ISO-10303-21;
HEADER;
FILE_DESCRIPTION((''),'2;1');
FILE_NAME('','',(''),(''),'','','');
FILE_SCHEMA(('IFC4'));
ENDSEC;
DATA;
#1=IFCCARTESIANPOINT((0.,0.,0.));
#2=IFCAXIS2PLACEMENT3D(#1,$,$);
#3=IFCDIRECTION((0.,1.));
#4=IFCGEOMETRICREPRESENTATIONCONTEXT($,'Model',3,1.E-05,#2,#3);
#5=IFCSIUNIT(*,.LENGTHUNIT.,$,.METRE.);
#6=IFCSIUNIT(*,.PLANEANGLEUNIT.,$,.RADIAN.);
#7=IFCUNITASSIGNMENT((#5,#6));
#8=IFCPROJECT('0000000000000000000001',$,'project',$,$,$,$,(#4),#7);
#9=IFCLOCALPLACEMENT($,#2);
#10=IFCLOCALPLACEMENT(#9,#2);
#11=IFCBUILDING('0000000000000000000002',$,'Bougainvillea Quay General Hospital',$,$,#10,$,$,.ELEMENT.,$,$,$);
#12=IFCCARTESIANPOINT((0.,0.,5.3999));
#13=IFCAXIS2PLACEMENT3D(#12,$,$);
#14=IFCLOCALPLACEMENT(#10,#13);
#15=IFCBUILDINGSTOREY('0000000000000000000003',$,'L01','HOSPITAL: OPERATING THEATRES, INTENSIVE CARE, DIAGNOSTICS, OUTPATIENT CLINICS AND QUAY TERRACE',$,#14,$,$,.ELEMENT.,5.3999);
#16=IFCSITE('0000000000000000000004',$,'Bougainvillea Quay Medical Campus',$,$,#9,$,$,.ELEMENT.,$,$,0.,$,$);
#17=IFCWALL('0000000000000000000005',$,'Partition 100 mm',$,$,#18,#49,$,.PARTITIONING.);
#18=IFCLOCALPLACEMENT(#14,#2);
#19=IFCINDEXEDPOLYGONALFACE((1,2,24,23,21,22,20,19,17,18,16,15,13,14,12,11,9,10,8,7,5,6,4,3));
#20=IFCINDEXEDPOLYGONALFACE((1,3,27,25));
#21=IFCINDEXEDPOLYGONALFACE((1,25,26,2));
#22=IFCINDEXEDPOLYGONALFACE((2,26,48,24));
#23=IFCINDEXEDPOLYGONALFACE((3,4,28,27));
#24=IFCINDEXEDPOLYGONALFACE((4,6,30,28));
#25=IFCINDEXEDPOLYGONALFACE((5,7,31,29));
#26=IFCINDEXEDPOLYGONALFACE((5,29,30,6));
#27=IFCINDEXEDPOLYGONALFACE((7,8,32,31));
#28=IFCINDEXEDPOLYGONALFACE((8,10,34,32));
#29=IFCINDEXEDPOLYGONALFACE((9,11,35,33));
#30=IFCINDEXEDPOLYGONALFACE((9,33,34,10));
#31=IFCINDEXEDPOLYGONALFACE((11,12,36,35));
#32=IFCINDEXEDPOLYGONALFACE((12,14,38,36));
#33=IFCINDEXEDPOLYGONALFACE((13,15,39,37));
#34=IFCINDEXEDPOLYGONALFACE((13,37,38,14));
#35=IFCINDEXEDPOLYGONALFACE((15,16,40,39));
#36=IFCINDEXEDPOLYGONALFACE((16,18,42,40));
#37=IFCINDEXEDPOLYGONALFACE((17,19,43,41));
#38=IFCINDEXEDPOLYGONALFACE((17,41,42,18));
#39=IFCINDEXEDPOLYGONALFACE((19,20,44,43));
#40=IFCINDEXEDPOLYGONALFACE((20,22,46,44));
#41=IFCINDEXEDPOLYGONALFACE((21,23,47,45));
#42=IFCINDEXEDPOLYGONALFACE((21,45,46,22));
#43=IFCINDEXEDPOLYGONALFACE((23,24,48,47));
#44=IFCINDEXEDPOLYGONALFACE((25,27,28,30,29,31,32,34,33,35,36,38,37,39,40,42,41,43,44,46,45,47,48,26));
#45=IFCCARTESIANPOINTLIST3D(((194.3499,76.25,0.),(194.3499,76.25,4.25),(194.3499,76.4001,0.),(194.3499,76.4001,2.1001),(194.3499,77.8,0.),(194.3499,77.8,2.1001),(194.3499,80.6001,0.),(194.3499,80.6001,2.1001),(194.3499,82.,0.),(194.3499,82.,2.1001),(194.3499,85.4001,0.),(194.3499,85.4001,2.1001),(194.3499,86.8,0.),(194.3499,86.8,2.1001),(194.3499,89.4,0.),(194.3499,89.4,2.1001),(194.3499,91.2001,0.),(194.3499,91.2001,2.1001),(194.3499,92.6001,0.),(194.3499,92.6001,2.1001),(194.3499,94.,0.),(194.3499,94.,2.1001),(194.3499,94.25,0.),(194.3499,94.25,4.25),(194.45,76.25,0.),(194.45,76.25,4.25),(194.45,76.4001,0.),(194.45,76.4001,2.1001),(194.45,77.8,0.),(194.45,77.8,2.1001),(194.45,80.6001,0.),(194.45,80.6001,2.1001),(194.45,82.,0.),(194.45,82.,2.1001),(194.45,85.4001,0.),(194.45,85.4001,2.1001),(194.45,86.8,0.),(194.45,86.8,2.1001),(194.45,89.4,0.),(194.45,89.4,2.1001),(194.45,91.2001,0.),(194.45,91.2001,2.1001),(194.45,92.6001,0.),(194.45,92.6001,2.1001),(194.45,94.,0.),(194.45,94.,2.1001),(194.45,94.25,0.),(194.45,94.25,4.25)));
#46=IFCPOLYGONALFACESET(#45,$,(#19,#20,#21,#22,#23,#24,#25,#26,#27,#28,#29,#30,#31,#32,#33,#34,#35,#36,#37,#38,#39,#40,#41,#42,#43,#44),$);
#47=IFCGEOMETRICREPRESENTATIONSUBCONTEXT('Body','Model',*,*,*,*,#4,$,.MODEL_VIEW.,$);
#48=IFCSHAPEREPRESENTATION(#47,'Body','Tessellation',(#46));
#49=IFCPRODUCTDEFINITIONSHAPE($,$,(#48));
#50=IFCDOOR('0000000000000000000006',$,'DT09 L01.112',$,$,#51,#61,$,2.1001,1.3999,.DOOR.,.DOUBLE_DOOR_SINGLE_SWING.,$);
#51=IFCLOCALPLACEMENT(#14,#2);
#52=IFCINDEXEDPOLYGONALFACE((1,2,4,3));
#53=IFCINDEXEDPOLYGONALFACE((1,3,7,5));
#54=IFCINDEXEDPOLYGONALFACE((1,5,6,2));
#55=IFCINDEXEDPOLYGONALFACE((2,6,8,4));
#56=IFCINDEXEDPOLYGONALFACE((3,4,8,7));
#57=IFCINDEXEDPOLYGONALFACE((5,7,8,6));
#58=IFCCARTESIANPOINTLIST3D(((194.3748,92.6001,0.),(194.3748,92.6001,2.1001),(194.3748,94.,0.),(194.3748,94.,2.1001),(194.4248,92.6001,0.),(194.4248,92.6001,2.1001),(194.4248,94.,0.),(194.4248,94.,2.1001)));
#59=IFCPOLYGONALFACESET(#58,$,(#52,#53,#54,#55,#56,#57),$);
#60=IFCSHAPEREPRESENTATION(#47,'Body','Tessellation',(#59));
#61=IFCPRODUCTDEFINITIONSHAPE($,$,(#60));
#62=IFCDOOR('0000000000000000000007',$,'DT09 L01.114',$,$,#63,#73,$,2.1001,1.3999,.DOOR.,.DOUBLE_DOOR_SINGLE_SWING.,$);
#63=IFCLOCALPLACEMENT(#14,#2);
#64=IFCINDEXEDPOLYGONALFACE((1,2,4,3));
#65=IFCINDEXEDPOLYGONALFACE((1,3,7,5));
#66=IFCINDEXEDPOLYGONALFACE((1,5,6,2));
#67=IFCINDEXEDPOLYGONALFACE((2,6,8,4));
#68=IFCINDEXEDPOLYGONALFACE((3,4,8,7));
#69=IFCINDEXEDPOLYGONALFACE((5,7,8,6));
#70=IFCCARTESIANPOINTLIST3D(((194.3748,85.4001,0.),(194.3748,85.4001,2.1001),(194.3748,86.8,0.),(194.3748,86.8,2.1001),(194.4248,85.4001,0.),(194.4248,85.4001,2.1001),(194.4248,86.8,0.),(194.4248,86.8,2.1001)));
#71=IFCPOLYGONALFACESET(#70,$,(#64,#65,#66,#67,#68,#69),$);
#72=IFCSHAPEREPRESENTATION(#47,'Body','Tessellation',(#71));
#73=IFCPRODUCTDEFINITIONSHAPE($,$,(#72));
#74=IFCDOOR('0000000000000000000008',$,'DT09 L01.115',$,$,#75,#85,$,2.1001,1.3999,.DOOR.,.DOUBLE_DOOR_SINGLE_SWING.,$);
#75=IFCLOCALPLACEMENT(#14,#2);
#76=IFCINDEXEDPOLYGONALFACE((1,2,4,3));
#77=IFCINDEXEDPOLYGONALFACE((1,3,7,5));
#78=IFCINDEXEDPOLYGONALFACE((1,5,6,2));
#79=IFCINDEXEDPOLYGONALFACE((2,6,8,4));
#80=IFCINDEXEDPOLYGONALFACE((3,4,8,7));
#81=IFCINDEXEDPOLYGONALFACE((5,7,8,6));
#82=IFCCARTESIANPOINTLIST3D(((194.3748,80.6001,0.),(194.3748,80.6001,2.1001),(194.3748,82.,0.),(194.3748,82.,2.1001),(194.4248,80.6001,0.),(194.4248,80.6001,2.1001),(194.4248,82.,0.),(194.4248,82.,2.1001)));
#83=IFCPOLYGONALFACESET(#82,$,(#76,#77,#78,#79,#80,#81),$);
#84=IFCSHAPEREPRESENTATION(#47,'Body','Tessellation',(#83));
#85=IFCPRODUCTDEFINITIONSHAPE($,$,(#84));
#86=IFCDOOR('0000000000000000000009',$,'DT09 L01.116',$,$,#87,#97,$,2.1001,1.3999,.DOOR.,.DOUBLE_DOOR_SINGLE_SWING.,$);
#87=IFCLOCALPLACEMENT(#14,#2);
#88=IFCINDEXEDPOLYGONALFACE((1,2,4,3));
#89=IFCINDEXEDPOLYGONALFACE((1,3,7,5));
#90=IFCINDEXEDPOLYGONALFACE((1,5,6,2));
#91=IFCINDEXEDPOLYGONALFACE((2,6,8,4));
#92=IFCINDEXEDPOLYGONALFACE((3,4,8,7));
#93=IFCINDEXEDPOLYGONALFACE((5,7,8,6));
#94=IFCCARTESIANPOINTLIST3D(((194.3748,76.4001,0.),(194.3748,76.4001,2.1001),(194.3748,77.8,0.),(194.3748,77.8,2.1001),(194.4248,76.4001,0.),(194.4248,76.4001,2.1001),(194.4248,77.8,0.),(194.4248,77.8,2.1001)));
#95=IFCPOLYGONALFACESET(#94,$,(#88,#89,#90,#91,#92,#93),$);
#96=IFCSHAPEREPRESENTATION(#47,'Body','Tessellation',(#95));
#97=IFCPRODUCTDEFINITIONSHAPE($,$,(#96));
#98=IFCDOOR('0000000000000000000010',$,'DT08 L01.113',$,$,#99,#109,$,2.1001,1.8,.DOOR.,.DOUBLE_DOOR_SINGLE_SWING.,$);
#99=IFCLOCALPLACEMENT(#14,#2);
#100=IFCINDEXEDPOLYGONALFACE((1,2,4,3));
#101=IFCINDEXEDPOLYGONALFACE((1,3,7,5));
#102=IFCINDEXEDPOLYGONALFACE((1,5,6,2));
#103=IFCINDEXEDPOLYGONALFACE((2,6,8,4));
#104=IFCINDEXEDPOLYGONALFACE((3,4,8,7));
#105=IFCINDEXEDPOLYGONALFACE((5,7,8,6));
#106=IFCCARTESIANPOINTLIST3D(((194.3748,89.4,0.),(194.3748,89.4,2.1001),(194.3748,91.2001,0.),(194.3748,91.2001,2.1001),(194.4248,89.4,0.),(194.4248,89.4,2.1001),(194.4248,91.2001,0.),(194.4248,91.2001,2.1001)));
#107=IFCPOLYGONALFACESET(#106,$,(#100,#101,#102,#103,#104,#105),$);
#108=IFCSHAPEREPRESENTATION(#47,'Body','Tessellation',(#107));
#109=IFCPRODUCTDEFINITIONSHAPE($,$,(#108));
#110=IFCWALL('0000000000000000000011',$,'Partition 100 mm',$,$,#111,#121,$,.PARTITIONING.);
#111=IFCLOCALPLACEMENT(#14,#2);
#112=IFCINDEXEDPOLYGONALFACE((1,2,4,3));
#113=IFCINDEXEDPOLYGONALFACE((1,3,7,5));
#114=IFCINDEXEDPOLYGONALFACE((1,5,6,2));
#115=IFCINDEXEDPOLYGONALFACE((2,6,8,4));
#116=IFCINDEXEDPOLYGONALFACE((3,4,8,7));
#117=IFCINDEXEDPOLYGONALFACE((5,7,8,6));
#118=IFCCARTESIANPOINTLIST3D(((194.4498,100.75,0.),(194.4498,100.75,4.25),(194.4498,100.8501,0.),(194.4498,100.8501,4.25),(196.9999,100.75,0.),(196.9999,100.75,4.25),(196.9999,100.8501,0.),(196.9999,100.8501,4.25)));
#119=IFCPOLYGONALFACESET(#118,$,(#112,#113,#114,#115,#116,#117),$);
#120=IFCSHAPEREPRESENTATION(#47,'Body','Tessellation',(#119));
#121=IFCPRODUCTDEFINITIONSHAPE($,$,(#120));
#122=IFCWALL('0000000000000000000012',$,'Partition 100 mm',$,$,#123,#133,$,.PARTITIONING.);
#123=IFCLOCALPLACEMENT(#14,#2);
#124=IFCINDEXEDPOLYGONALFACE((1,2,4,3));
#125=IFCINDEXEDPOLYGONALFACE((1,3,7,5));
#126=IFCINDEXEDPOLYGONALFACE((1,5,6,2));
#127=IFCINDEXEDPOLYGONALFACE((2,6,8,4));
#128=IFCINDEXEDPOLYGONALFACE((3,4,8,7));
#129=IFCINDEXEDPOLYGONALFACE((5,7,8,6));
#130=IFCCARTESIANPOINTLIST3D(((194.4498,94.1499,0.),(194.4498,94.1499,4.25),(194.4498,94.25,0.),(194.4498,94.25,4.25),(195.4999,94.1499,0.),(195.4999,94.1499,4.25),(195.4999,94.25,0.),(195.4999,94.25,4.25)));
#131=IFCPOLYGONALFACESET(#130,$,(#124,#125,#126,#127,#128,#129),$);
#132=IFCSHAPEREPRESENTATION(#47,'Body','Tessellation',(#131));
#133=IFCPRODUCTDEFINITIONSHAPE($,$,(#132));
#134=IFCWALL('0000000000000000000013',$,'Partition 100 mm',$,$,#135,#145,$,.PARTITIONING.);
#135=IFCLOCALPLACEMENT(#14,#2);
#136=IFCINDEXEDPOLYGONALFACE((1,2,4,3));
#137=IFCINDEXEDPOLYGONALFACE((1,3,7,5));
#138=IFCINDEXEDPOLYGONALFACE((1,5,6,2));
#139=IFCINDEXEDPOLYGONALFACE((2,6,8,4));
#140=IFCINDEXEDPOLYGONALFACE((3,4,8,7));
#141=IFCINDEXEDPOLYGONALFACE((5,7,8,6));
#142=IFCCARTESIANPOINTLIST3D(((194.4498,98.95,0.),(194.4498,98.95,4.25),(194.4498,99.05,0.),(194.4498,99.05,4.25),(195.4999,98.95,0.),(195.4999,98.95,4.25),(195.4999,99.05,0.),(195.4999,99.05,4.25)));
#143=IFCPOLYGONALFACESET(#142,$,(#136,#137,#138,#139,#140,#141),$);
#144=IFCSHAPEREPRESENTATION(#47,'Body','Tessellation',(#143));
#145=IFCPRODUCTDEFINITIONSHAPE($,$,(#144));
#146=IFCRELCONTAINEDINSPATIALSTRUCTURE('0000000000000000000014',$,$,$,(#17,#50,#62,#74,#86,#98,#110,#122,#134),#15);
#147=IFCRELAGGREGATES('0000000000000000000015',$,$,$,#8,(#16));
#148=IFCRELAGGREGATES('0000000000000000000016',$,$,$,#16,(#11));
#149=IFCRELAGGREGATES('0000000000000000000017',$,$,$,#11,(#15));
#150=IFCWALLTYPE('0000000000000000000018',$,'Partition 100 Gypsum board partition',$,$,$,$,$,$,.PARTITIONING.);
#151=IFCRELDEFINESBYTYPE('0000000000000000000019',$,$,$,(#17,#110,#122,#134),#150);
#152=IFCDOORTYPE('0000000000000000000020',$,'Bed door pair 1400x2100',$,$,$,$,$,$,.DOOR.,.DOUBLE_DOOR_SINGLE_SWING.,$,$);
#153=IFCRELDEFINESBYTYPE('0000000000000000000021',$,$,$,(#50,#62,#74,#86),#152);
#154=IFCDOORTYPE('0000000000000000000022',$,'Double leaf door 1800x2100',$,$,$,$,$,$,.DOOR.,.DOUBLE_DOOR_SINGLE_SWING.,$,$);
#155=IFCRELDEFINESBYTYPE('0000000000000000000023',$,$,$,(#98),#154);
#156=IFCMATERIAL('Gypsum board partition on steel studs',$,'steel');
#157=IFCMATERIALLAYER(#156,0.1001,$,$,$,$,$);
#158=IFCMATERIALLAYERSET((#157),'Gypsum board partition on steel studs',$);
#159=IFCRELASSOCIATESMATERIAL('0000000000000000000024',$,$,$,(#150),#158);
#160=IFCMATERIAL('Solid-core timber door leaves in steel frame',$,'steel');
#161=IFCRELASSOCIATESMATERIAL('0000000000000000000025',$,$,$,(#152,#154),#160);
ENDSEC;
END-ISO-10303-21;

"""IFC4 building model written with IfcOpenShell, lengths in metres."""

from ifc_helpers import new_model, si_unit, direction, frame, frame_2d, origin, place, context, subcontext, project, spatial, rectangle, extrude, material, layer, layer_set, type_object, element, fill, save


model = new_model("IFC4")

# Units and contexts
model_context = context("Model", 3, precision=1e-05, world=origin(), true_north=direction((0.0, 1.0)))
body_context = subcontext(model_context, "Body", "Model", "MODEL_VIEW")
ifc_project = project(units=[si_unit("LENGTHUNIT", "METRE"), si_unit("PLANEANGLEUNIT", "RADIAN")], contexts=[model_context])

# Site, building, storey
site_placement = place(None, origin())
site = spatial("IfcSite", under=ifc_project, at=site_placement, Name="Bougainvillea Quay Medical Campus", CompositionType="ELEMENT", RefElevation=0.0)
building_placement = place(site_placement, origin())
building = spatial("IfcBuilding", under=site, at=building_placement, Name="Bougainvillea Quay General Hospital", CompositionType="ELEMENT")
storey_placement = place(building_placement, frame((0.0, 0.0, 5.3999)))
storey = spatial("IfcBuildingStorey", under=building, at=storey_placement, Name="L01", Description="HOSPITAL: OPERATING THEATRES, INTENSIVE CARE, DIAGNOSTICS, OUTPATIENT CLINICS AND QUAY TERRACE", CompositionType="ELEMENT", Elevation=5.3999)

# Wall, openings, doors
ifc_material_1 = material(Name="Gypsum board partition on steel studs", Category="steel")
ifc_layer_1 = layer(ifc_material_1, 0.1001)
ifc_layer_set_1 = layer_set([ifc_layer_1], Name="Gypsum board partition on steel studs")
wall_type_1 = type_object("IfcWallType", Name="Partition 100 Gypsum board partition", PredefinedType="PARTITIONING", material=ifc_layer_set_1)
ifc_material_2 = material(Name="Solid-core timber door leaves in steel frame", Category="steel")
door_type_1 = type_object("IfcDoorType", Name="Bed door pair 1400x2100", OperationType="DOUBLE_DOOR_SINGLE_SWING", PredefinedType="DOOR", material=ifc_material_2)
wall_1_placement = place(storey_placement, frame((194.3999, 94.25, 0.0), z_axis=(0.0, 0.0, 1.0), x_axis=(0.0, -1.0, 0.0)))
wall_1 = element("IfcWall", 1, at=wall_1_placement, inside=storey, type_object=wall_type_1, Name="Partition 100 mm", PredefinedType="PARTITIONING", context=body_context, shape_type="SweptSolid", body=[
    extrude(rectangle(XDim=18.0, YDim=0.1001, at=frame_2d((9.0, 0.0))), origin(), (0.0, 0.0, 1.0), 4.25),
])
opening_1_placement = place(wall_1_placement, frame((0.25, 0.0, 0.0)))
opening_1 = element("IfcOpeningElement", 2, at=opening_1_placement, cuts=wall_1, PredefinedType="OPENING", context=body_context, shape_type="SweptSolid", body=[
    extrude(rectangle(XDim=1.3999, YDim=2.1001, at=frame_2d((0.7, 1.05))), frame((0.0, 0.0601, 0.0), z_axis=(0.0, -1.0, 0.0), x_axis=(1.0, 0.0, 0.0)), (0.0, 0.0, 1.0), 0.1201),
])
opening_2_placement = place(wall_1_placement, frame((3.05, 0.0, 0.0)))
opening_2 = element("IfcOpeningElement", 3, at=opening_2_placement, cuts=wall_1, PredefinedType="OPENING", context=body_context, shape_type="SweptSolid", body=[
    extrude(rectangle(XDim=1.8, YDim=2.1001, at=frame_2d((0.8999, 1.05))), frame((0.0, 0.0601, 0.0), z_axis=(0.0, -1.0, 0.0), x_axis=(1.0, 0.0, 0.0)), (0.0, 0.0, 1.0), 0.1201),
])
opening_3_placement = place(wall_1_placement, frame((7.45, 0.0, 0.0)))
opening_3 = element("IfcOpeningElement", 4, at=opening_3_placement, cuts=wall_1, PredefinedType="OPENING", context=body_context, shape_type="SweptSolid", body=[
    extrude(rectangle(XDim=1.3999, YDim=2.1001, at=frame_2d((0.7, 1.05))), frame((0.0, 0.0601, 0.0), z_axis=(0.0, -1.0, 0.0), x_axis=(1.0, 0.0, 0.0)), (0.0, 0.0, 1.0), 0.1201),
])
opening_4_placement = place(wall_1_placement, frame((12.25, 0.0, 0.0)))
opening_4 = element("IfcOpeningElement", 5, at=opening_4_placement, cuts=wall_1, PredefinedType="OPENING", context=body_context, shape_type="SweptSolid", body=[
    extrude(rectangle(XDim=1.3999, YDim=2.1001, at=frame_2d((0.7, 1.05))), frame((0.0, 0.0601, 0.0), z_axis=(0.0, -1.0, 0.0), x_axis=(1.0, 0.0, 0.0)), (0.0, 0.0, 1.0), 0.1201),
])
opening_5_placement = place(wall_1_placement, frame((16.45, 0.0, 0.0)))
opening_5 = element("IfcOpeningElement", 6, at=opening_5_placement, cuts=wall_1, PredefinedType="OPENING", context=body_context, shape_type="SweptSolid", body=[
    extrude(rectangle(XDim=1.3999, YDim=2.1001, at=frame_2d((0.7, 1.05))), frame((0.0, 0.0601, 0.0), z_axis=(0.0, -1.0, 0.0), x_axis=(1.0, 0.0, 0.0)), (0.0, 0.0, 1.0), 0.1201),
])
door_1_placement = place(opening_1_placement, origin())
door_1 = element("IfcDoor", 7, at=door_1_placement, inside=storey, type_object=door_type_1, Name="DT09 L01.112", OperationType="DOUBLE_DOOR_SINGLE_SWING", OverallHeight=2.1001, OverallWidth=1.3999, PredefinedType="DOOR", context=body_context, shape_type="SweptSolid", body=[
    extrude(rectangle(XDim=1.3999, YDim=2.1001, at=frame_2d((0.7, 1.05))), frame((0.0, 0.0249, 0.0), z_axis=(0.0, -1.0, 0.0), x_axis=(1.0, 0.0, 0.0)), (0.0, 0.0, 1.0), 0.05),
])
fill(opening_1, door_1)
door_2_placement = place(opening_3_placement, origin())
door_2 = element("IfcDoor", 8, at=door_2_placement, inside=storey, type_object=door_type_1, Name="DT09 L01.114", OperationType="DOUBLE_DOOR_SINGLE_SWING", OverallHeight=2.1001, OverallWidth=1.3999, PredefinedType="DOOR", context=body_context, shape_type="SweptSolid", body=[
    extrude(rectangle(XDim=1.3999, YDim=2.1001, at=frame_2d((0.7, 1.05))), frame((0.0, 0.0249, 0.0), z_axis=(0.0, -1.0, 0.0), x_axis=(1.0, 0.0, 0.0)), (0.0, 0.0, 1.0), 0.05),
])
fill(opening_3, door_2)
door_3_placement = place(opening_4_placement, origin())
door_3 = element("IfcDoor", 9, at=door_3_placement, inside=storey, type_object=door_type_1, Name="DT09 L01.115", OperationType="DOUBLE_DOOR_SINGLE_SWING", OverallHeight=2.1001, OverallWidth=1.3999, PredefinedType="DOOR", context=body_context, shape_type="SweptSolid", body=[
    extrude(rectangle(XDim=1.3999, YDim=2.1001, at=frame_2d((0.7, 1.05))), frame((0.0, 0.0249, 0.0), z_axis=(0.0, -1.0, 0.0), x_axis=(1.0, 0.0, 0.0)), (0.0, 0.0, 1.0), 0.05),
])
fill(opening_4, door_3)
door_4_placement = place(opening_5_placement, origin())
door_4 = element("IfcDoor", 10, at=door_4_placement, inside=storey, type_object=door_type_1, Name="DT09 L01.116", OperationType="DOUBLE_DOOR_SINGLE_SWING", OverallHeight=2.1001, OverallWidth=1.3999, PredefinedType="DOOR", context=body_context, shape_type="SweptSolid", body=[
    extrude(rectangle(XDim=1.3999, YDim=2.1001, at=frame_2d((0.7, 1.05))), frame((0.0, 0.0249, 0.0), z_axis=(0.0, -1.0, 0.0), x_axis=(1.0, 0.0, 0.0)), (0.0, 0.0, 1.0), 0.05),
])
fill(opening_5, door_4)
door_type_2 = type_object("IfcDoorType", Name="Double leaf door 1800x2100", OperationType="DOUBLE_DOOR_SINGLE_SWING", PredefinedType="DOOR", material=ifc_material_2)
door_5_placement = place(opening_2_placement, origin())
door_5 = element("IfcDoor", 11, at=door_5_placement, inside=storey, type_object=door_type_2, Name="DT08 L01.113", OperationType="DOUBLE_DOOR_SINGLE_SWING", OverallHeight=2.1001, OverallWidth=1.8, PredefinedType="DOOR", context=body_context, shape_type="SweptSolid", body=[
    extrude(rectangle(XDim=1.8, YDim=2.1001, at=frame_2d((0.8999, 1.05))), frame((0.0, 0.0249, 0.0), z_axis=(0.0, -1.0, 0.0), x_axis=(1.0, 0.0, 0.0)), (0.0, 0.0, 1.0), 0.05),
])
fill(opening_2, door_5)

# Walls
wall_2_placement = place(storey_placement, frame((194.45, 100.8, 0.0), z_axis=(0.0, 0.0, 1.0), x_axis=(1.0, 0.0, 0.0)))
element("IfcWall", 12, at=wall_2_placement, inside=storey, type_object=wall_type_1, Name="Partition 100 mm", PredefinedType="PARTITIONING", context=body_context, shape_type="SweptSolid", body=[
    extrude(rectangle(XDim=2.55, YDim=0.1001, at=frame_2d((1.2749, 0.0))), origin(), (0.0, 0.0, 1.0), 4.25),
])
for number, where, z_axis, x_axis, name in (
    (13, (194.45, 94.2, 0.0), (0.0, 0.0, 1.0), (1.0, 0.0, 0.0), "Partition 100 mm"),
    (14, (194.45, 99.0, 0.0), (0.0, 0.0, 1.0), (1.0, 0.0, 0.0), "Partition 100 mm"),
):
    element("IfcWall", number, at=place(storey_placement, frame(where, z_axis=z_axis, x_axis=x_axis)), inside=storey, type_object=wall_type_1, Name=name, PredefinedType="PARTITIONING", context=body_context, shape_type="SweptSolid", body=[
        extrude(rectangle(XDim=1.05, YDim=0.1001, at=frame_2d((0.5249, 0.0))), origin(), (0.0, 0.0, 1.0), 4.25),
    ])

save(model, "model.ifc")
